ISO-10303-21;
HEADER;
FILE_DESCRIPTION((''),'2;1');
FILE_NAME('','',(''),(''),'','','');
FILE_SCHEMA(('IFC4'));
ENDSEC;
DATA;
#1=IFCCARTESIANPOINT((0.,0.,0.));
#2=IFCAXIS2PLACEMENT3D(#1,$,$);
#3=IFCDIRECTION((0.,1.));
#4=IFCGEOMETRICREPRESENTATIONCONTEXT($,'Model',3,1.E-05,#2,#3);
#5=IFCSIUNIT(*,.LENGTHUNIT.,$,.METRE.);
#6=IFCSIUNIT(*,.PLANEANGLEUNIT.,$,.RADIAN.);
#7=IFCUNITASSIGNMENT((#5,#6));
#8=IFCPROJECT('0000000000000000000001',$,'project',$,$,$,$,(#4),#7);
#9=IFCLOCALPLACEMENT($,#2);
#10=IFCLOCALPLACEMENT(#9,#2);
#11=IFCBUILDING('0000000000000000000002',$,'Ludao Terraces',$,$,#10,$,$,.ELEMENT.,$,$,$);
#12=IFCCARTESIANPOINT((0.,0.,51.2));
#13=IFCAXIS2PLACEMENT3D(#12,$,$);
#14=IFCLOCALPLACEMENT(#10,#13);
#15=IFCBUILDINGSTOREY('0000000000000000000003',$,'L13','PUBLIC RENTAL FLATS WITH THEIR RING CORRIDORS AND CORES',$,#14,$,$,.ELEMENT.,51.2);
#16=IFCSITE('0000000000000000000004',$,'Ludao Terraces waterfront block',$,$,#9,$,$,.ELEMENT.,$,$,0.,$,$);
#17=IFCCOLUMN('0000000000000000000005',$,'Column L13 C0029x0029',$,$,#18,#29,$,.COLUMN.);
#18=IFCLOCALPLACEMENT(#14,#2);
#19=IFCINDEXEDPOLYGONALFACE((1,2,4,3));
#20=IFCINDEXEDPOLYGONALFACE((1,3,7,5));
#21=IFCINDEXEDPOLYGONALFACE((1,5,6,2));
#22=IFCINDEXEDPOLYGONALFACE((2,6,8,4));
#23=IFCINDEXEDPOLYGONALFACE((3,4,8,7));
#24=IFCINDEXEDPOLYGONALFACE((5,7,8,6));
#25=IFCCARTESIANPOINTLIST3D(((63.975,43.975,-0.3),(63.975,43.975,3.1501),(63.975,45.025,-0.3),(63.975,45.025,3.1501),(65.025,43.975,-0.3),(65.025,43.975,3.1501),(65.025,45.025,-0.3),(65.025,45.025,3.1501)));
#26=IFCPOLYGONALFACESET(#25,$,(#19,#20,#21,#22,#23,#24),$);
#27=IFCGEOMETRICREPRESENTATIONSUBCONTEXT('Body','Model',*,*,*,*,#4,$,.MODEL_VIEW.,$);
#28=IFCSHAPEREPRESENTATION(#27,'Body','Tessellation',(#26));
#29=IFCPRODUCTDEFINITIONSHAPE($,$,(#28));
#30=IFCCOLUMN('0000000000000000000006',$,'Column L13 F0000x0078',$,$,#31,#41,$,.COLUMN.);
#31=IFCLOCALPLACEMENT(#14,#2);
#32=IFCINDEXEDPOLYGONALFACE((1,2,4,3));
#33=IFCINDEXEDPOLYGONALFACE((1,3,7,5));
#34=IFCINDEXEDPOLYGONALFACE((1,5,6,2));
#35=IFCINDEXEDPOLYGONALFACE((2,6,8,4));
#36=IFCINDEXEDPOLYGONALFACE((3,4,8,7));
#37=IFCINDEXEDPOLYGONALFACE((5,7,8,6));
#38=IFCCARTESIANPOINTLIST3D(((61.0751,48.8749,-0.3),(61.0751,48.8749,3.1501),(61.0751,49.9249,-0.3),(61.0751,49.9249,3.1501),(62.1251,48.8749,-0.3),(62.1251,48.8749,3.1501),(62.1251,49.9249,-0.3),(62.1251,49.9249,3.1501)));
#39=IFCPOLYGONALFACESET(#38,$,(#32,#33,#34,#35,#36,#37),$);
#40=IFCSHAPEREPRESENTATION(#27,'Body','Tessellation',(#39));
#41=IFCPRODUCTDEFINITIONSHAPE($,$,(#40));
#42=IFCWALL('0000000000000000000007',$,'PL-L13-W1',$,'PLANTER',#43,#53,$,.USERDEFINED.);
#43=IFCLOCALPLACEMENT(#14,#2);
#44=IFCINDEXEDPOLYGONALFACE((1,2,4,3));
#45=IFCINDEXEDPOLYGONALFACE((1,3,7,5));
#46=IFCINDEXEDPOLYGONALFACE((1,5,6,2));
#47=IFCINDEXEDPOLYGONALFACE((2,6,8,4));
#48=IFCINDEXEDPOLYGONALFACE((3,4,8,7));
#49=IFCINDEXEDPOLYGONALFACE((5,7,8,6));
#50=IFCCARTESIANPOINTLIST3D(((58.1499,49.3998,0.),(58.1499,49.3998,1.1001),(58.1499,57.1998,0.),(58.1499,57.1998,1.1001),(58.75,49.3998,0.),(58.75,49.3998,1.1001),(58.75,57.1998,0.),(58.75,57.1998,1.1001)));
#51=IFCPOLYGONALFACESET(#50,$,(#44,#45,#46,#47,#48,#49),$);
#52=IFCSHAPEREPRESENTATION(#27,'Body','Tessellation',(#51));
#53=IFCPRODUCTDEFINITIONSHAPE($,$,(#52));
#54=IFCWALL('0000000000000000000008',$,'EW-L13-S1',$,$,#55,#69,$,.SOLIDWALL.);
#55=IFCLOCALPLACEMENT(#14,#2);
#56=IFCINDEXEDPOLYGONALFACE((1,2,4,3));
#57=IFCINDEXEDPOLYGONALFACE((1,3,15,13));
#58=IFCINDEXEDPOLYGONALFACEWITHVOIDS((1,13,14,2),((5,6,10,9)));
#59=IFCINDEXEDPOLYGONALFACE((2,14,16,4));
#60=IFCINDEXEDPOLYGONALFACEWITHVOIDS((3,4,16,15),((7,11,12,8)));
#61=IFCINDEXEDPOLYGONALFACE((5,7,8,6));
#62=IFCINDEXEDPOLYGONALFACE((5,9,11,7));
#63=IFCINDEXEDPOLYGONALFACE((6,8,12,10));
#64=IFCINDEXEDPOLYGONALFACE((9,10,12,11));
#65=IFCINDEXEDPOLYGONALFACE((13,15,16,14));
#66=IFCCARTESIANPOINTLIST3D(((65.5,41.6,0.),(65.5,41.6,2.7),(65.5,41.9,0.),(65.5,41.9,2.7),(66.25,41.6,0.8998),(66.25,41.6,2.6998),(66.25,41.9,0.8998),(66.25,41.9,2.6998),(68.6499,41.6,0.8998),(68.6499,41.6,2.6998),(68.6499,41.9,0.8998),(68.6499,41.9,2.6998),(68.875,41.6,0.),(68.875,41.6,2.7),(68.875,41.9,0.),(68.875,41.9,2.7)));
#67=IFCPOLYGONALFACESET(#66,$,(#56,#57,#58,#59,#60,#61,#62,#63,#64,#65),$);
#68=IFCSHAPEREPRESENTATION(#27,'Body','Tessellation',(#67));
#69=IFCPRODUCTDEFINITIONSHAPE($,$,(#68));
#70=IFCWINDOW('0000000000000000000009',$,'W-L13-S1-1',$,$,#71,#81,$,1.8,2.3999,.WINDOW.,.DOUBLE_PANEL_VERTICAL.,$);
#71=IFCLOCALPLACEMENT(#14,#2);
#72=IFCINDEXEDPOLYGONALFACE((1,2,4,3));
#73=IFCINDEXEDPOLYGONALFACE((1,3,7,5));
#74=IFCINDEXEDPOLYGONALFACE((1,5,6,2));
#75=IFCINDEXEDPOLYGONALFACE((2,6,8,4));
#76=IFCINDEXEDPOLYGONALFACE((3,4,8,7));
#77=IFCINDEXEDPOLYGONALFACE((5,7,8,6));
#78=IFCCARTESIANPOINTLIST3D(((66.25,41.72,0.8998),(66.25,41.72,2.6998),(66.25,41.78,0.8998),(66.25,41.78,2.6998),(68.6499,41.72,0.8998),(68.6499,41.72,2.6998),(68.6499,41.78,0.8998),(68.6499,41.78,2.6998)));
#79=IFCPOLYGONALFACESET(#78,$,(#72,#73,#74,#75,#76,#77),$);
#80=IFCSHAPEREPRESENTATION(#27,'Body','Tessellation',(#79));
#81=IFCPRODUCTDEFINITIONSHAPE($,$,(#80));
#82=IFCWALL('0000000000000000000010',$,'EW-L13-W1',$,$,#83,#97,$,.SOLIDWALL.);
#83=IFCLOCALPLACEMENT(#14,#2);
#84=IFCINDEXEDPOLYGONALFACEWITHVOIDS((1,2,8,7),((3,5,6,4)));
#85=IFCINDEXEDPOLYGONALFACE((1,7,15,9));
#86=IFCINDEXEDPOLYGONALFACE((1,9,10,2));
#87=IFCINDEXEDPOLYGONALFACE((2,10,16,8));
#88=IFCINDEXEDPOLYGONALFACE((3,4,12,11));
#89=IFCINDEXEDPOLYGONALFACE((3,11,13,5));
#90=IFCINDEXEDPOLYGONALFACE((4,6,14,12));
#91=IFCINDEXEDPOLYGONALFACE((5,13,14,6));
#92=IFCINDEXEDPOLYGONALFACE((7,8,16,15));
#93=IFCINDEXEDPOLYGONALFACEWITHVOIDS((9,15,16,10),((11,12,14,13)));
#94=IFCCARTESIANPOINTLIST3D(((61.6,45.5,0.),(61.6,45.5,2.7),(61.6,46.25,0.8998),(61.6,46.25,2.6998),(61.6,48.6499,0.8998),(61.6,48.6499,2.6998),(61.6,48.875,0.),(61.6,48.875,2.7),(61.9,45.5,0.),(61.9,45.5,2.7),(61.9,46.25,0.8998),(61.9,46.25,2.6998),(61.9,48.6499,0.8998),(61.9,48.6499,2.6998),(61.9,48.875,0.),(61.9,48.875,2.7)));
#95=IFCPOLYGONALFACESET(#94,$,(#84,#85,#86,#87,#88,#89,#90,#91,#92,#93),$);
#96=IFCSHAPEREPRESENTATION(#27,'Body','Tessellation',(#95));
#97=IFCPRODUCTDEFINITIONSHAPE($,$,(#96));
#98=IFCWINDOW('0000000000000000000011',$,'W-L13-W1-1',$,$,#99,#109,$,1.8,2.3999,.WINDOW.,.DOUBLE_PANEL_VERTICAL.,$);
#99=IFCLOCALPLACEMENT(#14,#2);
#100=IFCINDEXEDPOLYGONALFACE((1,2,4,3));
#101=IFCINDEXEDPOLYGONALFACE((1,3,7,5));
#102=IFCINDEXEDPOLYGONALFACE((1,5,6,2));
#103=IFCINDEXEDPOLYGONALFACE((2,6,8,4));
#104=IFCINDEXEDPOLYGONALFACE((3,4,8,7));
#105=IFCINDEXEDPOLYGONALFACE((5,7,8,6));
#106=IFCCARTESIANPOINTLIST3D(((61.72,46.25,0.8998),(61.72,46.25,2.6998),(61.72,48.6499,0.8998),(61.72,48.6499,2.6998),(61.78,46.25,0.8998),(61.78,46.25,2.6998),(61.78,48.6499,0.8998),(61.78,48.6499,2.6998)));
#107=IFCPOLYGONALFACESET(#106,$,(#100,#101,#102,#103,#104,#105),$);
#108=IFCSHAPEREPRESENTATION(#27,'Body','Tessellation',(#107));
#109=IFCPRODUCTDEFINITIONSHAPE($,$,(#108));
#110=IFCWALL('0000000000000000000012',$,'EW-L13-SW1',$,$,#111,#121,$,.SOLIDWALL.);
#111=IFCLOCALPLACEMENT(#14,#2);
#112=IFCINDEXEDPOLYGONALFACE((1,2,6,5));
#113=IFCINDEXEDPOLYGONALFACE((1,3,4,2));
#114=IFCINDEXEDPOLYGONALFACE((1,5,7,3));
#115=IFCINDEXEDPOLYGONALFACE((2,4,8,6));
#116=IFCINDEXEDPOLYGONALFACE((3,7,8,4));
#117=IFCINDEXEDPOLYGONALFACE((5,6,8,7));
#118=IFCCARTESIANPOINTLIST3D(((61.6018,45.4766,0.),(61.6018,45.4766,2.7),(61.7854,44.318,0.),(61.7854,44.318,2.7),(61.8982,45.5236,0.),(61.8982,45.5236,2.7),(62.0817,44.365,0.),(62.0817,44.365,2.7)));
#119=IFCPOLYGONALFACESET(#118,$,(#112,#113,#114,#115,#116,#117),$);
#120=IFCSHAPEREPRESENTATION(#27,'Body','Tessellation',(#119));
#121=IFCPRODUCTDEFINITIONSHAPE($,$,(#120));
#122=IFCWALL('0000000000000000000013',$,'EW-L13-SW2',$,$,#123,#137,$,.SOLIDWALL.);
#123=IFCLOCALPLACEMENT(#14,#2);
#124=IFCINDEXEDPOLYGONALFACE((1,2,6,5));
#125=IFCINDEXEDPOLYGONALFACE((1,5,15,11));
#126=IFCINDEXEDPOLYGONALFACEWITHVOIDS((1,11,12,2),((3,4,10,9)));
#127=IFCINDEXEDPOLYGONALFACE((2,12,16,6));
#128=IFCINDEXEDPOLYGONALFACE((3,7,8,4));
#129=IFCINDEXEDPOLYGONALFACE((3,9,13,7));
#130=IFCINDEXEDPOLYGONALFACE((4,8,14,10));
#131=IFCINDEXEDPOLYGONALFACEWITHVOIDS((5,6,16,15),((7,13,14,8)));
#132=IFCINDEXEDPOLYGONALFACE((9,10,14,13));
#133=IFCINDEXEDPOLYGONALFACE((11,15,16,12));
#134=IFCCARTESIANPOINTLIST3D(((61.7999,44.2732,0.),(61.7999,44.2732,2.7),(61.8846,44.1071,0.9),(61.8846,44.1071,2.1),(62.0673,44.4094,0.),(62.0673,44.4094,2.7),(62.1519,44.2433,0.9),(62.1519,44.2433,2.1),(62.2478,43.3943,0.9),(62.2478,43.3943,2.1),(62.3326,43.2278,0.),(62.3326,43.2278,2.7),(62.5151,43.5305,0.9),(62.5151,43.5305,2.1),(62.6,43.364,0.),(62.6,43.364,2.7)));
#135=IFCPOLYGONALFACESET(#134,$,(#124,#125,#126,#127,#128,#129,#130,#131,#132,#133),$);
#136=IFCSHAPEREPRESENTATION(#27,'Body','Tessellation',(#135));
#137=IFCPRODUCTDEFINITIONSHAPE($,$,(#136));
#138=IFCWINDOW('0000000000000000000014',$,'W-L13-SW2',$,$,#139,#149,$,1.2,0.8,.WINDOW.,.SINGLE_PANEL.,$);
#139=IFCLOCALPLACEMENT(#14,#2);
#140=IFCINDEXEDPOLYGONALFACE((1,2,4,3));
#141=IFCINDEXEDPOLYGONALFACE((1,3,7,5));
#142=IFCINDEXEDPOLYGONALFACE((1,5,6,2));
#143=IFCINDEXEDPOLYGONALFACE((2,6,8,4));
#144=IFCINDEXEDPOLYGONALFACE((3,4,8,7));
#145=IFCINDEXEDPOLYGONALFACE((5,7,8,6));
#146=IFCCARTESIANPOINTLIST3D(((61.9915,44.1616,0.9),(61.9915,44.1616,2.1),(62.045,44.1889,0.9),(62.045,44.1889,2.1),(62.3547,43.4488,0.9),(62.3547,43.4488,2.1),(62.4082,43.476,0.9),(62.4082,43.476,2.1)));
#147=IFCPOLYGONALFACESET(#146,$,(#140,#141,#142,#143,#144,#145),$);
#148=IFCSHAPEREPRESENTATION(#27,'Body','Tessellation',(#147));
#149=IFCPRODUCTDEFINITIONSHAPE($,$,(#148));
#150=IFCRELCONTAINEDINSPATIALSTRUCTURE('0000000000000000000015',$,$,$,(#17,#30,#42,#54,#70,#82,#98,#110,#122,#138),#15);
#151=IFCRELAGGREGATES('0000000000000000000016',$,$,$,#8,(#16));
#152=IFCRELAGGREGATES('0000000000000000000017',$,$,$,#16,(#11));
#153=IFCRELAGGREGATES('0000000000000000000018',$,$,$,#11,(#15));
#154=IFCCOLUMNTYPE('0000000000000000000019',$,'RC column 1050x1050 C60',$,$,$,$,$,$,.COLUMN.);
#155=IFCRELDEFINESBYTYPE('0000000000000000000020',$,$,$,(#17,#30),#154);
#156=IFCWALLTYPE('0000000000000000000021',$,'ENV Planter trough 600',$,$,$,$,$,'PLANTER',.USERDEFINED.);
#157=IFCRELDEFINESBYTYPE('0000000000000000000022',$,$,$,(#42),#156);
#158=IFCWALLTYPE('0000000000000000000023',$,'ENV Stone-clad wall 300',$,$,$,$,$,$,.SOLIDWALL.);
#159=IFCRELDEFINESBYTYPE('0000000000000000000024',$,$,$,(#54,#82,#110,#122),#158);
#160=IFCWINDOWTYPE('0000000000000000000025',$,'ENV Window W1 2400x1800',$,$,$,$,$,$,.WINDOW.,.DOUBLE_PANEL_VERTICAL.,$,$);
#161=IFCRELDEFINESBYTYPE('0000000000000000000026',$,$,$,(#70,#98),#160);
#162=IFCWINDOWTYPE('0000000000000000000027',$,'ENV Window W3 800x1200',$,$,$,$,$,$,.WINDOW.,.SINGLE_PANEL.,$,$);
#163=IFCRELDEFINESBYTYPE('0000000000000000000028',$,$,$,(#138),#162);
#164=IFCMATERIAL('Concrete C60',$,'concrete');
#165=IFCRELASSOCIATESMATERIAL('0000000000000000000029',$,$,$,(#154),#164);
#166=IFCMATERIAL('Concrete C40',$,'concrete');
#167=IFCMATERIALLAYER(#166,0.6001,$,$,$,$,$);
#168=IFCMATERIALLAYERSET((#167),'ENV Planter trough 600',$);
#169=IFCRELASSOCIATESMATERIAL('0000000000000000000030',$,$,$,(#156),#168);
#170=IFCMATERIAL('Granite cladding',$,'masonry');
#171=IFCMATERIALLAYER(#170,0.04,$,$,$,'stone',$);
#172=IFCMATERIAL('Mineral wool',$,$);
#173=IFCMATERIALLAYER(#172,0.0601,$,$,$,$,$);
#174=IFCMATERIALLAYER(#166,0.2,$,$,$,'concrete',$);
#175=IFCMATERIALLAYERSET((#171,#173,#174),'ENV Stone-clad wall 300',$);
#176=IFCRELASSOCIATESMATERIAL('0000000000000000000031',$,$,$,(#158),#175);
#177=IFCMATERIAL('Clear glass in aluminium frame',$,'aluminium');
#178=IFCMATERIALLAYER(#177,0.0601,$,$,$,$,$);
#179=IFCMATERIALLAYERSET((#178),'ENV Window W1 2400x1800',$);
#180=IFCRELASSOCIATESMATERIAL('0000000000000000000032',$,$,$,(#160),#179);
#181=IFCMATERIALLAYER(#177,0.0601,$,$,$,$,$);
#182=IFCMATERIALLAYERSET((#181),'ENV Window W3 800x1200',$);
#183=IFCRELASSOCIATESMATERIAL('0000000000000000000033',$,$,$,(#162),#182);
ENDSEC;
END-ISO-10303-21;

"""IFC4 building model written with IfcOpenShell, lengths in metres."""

from ifc_helpers import new_model, si_unit, direction, frame, frame_2d, origin, origin_2d, place, context, subcontext, project, spatial, rectangle, extrude, material, layer, layer_set, material_profile, profile_set, type_object, element, fill, save


model = new_model("IFC4")

# Units and contexts
model_context = context("Model", 3, precision=1e-05, world=origin(), true_north=direction((0.0, 1.0)))
body_context = subcontext(model_context, "Body", "Model", "MODEL_VIEW")
ifc_project = project(units=[si_unit("LENGTHUNIT", "METRE"), si_unit("PLANEANGLEUNIT", "RADIAN")], contexts=[model_context])

# Site, building, storey
site_placement = place(None, origin())
site = spatial("IfcSite", under=ifc_project, at=site_placement, Name="Ludao Terraces waterfront block", CompositionType="ELEMENT", RefElevation=0.0)
building_placement = place(site_placement, origin())
building = spatial("IfcBuilding", under=site, at=building_placement, Name="Ludao Terraces", CompositionType="ELEMENT")
storey_placement = place(building_placement, frame((0.0, 0.0, 51.2)))
storey = spatial("IfcBuildingStorey", under=building, at=storey_placement, Name="L13", Description="PUBLIC RENTAL FLATS WITH THEIR RING CORRIDORS AND CORES", CompositionType="ELEMENT", Elevation=51.2)

# Columns
ifc_material_1 = material(Name="Concrete C60", Category="concrete")
ifc_material_profile = material_profile(ifc_material_1, rectangle(XDim=1.05, YDim=1.05, at=origin_2d()), Name="1050 X 1050")
ifc_profile_set = profile_set([ifc_material_profile], Name="Concrete C60")
column_type = type_object("IfcColumnType", Name="RC column 1050x1050 C60", PredefinedType="COLUMN", material=ifc_profile_set)
for number, where, z_axis, x_axis, name in (
    (1, (64.5, 44.5, -0.3), (0.0, 0.0, 1.0), (1.0, 0.0, 0.0), "Column L13 C0029x0029"),
    (2, (61.6001, 49.3999, -0.3), (0.0, 0.0, 1.0), (1.0, 0.0, 0.0), "Column L13 F0000x0078"),
):
    element("IfcColumn", number, at=place(storey_placement, frame(where, z_axis=z_axis, x_axis=x_axis)), inside=storey, type_object=column_type, Name=name, PredefinedType="COLUMN", context=body_context, shape_type="SweptSolid", body=[
        extrude(rectangle(XDim=1.05, YDim=1.05, at=origin_2d()), origin(), (0.0, 0.0, 1.0), 3.4502),
    ])

# Wall
ifc_material_2 = material(Name="Concrete C40", Category="concrete")
ifc_layer_1 = layer(ifc_material_2, 0.6001)
ifc_layer_set_1 = layer_set([ifc_layer_1], Name="ENV Planter trough 600")
wall_type_1 = type_object("IfcWallType", Name="ENV Planter trough 600", ElementType="PLANTER", PredefinedType="USERDEFINED", material=ifc_layer_set_1)
wall_1_placement = place(storey_placement, frame((58.45, 49.3999, 0.0), z_axis=(0.0, 0.0, 1.0), x_axis=(0.0, 1.0, 0.0)))
element("IfcWall", 3, at=wall_1_placement, inside=storey, type_object=wall_type_1, Name="PL-L13-W1", ObjectType="PLANTER", PredefinedType="USERDEFINED", context=body_context, shape_type="SweptSolid", body=[
    extrude(rectangle(XDim=7.8, YDim=0.6001, at=frame_2d((3.8999, 0.0))), origin(), (0.0, 0.0, 1.0), 1.1001),
])

# Walls, openings, windows
ifc_material_3 = material(Name="Granite cladding", Category="masonry")
ifc_layer_2 = layer(ifc_material_3, 0.04, Category="stone")
ifc_material_4 = material(Name="Mineral wool")
ifc_layer_3 = layer(ifc_material_4, 0.0601)
ifc_layer_4 = layer(ifc_material_2, 0.2, Category="concrete")
ifc_layer_set_2 = layer_set([ifc_layer_2, ifc_layer_3, ifc_layer_4], Name="ENV Stone-clad wall 300")
wall_type_2 = type_object("IfcWallType", Name="ENV Stone-clad wall 300", PredefinedType="SOLIDWALL", material=ifc_layer_set_2)
wall_2_placement = place(storey_placement, frame((65.5, 41.75, 0.0), z_axis=(0.0, 0.0, 1.0), x_axis=(1.0, 0.0, 0.0)))
wall_2 = element("IfcWall", 4, at=wall_2_placement, inside=storey, type_object=wall_type_2, Name="EW-L13-S1", PredefinedType="SOLIDWALL", context=body_context, shape_type="SweptSolid", body=[
    extrude(rectangle(XDim=3.375, YDim=0.3, at=frame_2d((1.6875, 0.0))), origin(), (0.0, 0.0, 1.0), 2.7),
])
opening_1_placement = place(wall_2_placement, frame((0.75, 0.0, 0.8999)))
opening_1 = element("IfcOpeningElement", 5, at=opening_1_placement, cuts=wall_2, PredefinedType="OPENING", context=body_context, shape_type="SweptSolid", body=[
    extrude(rectangle(XDim=2.3999, YDim=1.8, at=frame_2d((1.2, 0.8999))), frame((0.0, 0.1602, 0.0), z_axis=(0.0, -1.0, 0.0), x_axis=(1.0, 0.0, 0.0)), (0.0, 0.0, 1.0), 0.3201),
])
ifc_material_5 = material(Name="Clear glass in aluminium frame", Category="aluminium")
ifc_layer_5 = layer(ifc_material_5, 0.0601)
ifc_layer_set_3 = layer_set([ifc_layer_5], Name="ENV Window W1 2400x1800")
window_type_1 = type_object("IfcWindowType", Name="ENV Window W1 2400x1800", PartitioningType="DOUBLE_PANEL_VERTICAL", PredefinedType="WINDOW", material=ifc_layer_set_3)
window_1_placement = place(opening_1_placement, origin())
window_1 = element("IfcWindow", 6, at=window_1_placement, inside=storey, type_object=window_type_1, Name="W-L13-S1-1", OverallHeight=1.8, OverallWidth=2.3999, PartitioningType="DOUBLE_PANEL_VERTICAL", PredefinedType="WINDOW", context=body_context, shape_type="SweptSolid", body=[
    extrude(rectangle(XDim=2.3999, YDim=1.8, at=frame_2d((1.2, 0.8999))), frame((0.0, 0.03, 0.0), z_axis=(0.0, -1.0, 0.0), x_axis=(1.0, 0.0, 0.0)), (0.0, 0.0, 1.0), 0.0601),
])
fill(opening_1, window_1)
wall_3_placement = place(storey_placement, frame((61.75, 45.5, 0.0), z_axis=(0.0, 0.0, 1.0), x_axis=(0.0, 1.0, 0.0)))
wall_3 = element("IfcWall", 7, at=wall_3_placement, inside=storey, type_object=wall_type_2, Name="EW-L13-W1", PredefinedType="SOLIDWALL", context=body_context, shape_type="SweptSolid", body=[
    extrude(rectangle(XDim=3.375, YDim=0.3, at=frame_2d((1.6875, 0.0))), origin(), (0.0, 0.0, 1.0), 2.7),
])
opening_2_placement = place(wall_3_placement, frame((0.75, 0.0, 0.8999)))
opening_2 = element("IfcOpeningElement", 8, at=opening_2_placement, cuts=wall_3, PredefinedType="OPENING", context=body_context, shape_type="SweptSolid", body=[
    extrude(rectangle(XDim=2.3999, YDim=1.8, at=frame_2d((1.2, 0.8999))), frame((0.0, 0.1602, 0.0), z_axis=(0.0, -1.0, 0.0), x_axis=(1.0, 0.0, 0.0)), (0.0, 0.0, 1.0), 0.3201),
])
window_2_placement = place(opening_2_placement, origin())
window_2 = element("IfcWindow", 9, at=window_2_placement, inside=storey, type_object=window_type_1, Name="W-L13-W1-1", OverallHeight=1.8, OverallWidth=2.3999, PartitioningType="DOUBLE_PANEL_VERTICAL", PredefinedType="WINDOW", context=body_context, shape_type="SweptSolid", body=[
    extrude(rectangle(XDim=2.3999, YDim=1.8, at=frame_2d((1.2, 0.8999))), frame((0.0, 0.03, 0.0), z_axis=(0.0, -1.0, 0.0), x_axis=(1.0, 0.0, 0.0)), (0.0, 0.0, 1.0), 0.0601),
])
fill(opening_2, window_2)

# Wall
wall_4_placement = place(storey_placement, frame((61.75, 45.5, 0.0), z_axis=(0.0, 0.0, 1.0), x_axis=(0.156497, -0.987678, 0.0)))
element("IfcWall", 10, at=wall_4_placement, inside=storey, type_object=wall_type_2, Name="EW-L13-SW1", PredefinedType="SOLIDWALL", context=body_context, shape_type="SweptSolid", body=[
    extrude(rectangle(XDim=1.1731, YDim=0.3, at=frame_2d((0.5864, 0.0))), origin(), (0.0, 0.0, 1.0), 2.7),
])

# Wall, opening, window
wall_5_placement = place(storey_placement, frame((61.9336, 44.3413, 0.0), z_axis=(0.0, 0.0, 1.0), x_axis=(0.454026, -0.890989, 0.0)))
wall_5 = element("IfcWall", 11, at=wall_5_placement, inside=storey, type_object=wall_type_2, Name="EW-L13-SW2", PredefinedType="SOLIDWALL", context=body_context, shape_type="SweptSolid", body=[
    extrude(rectangle(XDim=1.1733, YDim=0.3, at=frame_2d((0.5867, 0.0))), origin(), (0.0, 0.0, 1.0), 2.7),
])
opening_3_placement = place(wall_5_placement, frame((0.1865, 0.0, 0.8999)))
opening_3 = element("IfcOpeningElement", 12, at=opening_3_placement, cuts=wall_5, PredefinedType="OPENING", context=body_context, shape_type="SweptSolid", body=[
    extrude(rectangle(XDim=0.8, YDim=1.2, at=frame_2d((0.3999, 0.6001))), frame((0.0, 0.1602, 0.0), z_axis=(0.0, -1.0, 0.0), x_axis=(1.0, 0.0, 0.0)), (0.0, 0.0, 1.0), 0.3201),
])
ifc_layer_6 = layer(ifc_material_5, 0.0601)
ifc_layer_set_4 = layer_set([ifc_layer_6], Name="ENV Window W3 800x1200")
window_type_2 = type_object("IfcWindowType", Name="ENV Window W3 800x1200", PartitioningType="SINGLE_PANEL", PredefinedType="WINDOW", material=ifc_layer_set_4)
window_3_placement = place(opening_3_placement, origin())
window_3 = element("IfcWindow", 13, at=window_3_placement, inside=storey, type_object=window_type_2, Name="W-L13-SW2", OverallHeight=1.2, OverallWidth=0.8, PartitioningType="SINGLE_PANEL", PredefinedType="WINDOW", context=body_context, shape_type="SweptSolid", body=[
    extrude(rectangle(XDim=0.8, YDim=1.2, at=frame_2d((0.3999, 0.6001))), frame((0.0, 0.03, 0.0), z_axis=(0.0, -1.0, 0.0), x_axis=(1.0, 0.0, 0.0)), (0.0, 0.0, 1.0), 0.0601),
])
fill(opening_3, window_3)

save(model, "model.ifc")
